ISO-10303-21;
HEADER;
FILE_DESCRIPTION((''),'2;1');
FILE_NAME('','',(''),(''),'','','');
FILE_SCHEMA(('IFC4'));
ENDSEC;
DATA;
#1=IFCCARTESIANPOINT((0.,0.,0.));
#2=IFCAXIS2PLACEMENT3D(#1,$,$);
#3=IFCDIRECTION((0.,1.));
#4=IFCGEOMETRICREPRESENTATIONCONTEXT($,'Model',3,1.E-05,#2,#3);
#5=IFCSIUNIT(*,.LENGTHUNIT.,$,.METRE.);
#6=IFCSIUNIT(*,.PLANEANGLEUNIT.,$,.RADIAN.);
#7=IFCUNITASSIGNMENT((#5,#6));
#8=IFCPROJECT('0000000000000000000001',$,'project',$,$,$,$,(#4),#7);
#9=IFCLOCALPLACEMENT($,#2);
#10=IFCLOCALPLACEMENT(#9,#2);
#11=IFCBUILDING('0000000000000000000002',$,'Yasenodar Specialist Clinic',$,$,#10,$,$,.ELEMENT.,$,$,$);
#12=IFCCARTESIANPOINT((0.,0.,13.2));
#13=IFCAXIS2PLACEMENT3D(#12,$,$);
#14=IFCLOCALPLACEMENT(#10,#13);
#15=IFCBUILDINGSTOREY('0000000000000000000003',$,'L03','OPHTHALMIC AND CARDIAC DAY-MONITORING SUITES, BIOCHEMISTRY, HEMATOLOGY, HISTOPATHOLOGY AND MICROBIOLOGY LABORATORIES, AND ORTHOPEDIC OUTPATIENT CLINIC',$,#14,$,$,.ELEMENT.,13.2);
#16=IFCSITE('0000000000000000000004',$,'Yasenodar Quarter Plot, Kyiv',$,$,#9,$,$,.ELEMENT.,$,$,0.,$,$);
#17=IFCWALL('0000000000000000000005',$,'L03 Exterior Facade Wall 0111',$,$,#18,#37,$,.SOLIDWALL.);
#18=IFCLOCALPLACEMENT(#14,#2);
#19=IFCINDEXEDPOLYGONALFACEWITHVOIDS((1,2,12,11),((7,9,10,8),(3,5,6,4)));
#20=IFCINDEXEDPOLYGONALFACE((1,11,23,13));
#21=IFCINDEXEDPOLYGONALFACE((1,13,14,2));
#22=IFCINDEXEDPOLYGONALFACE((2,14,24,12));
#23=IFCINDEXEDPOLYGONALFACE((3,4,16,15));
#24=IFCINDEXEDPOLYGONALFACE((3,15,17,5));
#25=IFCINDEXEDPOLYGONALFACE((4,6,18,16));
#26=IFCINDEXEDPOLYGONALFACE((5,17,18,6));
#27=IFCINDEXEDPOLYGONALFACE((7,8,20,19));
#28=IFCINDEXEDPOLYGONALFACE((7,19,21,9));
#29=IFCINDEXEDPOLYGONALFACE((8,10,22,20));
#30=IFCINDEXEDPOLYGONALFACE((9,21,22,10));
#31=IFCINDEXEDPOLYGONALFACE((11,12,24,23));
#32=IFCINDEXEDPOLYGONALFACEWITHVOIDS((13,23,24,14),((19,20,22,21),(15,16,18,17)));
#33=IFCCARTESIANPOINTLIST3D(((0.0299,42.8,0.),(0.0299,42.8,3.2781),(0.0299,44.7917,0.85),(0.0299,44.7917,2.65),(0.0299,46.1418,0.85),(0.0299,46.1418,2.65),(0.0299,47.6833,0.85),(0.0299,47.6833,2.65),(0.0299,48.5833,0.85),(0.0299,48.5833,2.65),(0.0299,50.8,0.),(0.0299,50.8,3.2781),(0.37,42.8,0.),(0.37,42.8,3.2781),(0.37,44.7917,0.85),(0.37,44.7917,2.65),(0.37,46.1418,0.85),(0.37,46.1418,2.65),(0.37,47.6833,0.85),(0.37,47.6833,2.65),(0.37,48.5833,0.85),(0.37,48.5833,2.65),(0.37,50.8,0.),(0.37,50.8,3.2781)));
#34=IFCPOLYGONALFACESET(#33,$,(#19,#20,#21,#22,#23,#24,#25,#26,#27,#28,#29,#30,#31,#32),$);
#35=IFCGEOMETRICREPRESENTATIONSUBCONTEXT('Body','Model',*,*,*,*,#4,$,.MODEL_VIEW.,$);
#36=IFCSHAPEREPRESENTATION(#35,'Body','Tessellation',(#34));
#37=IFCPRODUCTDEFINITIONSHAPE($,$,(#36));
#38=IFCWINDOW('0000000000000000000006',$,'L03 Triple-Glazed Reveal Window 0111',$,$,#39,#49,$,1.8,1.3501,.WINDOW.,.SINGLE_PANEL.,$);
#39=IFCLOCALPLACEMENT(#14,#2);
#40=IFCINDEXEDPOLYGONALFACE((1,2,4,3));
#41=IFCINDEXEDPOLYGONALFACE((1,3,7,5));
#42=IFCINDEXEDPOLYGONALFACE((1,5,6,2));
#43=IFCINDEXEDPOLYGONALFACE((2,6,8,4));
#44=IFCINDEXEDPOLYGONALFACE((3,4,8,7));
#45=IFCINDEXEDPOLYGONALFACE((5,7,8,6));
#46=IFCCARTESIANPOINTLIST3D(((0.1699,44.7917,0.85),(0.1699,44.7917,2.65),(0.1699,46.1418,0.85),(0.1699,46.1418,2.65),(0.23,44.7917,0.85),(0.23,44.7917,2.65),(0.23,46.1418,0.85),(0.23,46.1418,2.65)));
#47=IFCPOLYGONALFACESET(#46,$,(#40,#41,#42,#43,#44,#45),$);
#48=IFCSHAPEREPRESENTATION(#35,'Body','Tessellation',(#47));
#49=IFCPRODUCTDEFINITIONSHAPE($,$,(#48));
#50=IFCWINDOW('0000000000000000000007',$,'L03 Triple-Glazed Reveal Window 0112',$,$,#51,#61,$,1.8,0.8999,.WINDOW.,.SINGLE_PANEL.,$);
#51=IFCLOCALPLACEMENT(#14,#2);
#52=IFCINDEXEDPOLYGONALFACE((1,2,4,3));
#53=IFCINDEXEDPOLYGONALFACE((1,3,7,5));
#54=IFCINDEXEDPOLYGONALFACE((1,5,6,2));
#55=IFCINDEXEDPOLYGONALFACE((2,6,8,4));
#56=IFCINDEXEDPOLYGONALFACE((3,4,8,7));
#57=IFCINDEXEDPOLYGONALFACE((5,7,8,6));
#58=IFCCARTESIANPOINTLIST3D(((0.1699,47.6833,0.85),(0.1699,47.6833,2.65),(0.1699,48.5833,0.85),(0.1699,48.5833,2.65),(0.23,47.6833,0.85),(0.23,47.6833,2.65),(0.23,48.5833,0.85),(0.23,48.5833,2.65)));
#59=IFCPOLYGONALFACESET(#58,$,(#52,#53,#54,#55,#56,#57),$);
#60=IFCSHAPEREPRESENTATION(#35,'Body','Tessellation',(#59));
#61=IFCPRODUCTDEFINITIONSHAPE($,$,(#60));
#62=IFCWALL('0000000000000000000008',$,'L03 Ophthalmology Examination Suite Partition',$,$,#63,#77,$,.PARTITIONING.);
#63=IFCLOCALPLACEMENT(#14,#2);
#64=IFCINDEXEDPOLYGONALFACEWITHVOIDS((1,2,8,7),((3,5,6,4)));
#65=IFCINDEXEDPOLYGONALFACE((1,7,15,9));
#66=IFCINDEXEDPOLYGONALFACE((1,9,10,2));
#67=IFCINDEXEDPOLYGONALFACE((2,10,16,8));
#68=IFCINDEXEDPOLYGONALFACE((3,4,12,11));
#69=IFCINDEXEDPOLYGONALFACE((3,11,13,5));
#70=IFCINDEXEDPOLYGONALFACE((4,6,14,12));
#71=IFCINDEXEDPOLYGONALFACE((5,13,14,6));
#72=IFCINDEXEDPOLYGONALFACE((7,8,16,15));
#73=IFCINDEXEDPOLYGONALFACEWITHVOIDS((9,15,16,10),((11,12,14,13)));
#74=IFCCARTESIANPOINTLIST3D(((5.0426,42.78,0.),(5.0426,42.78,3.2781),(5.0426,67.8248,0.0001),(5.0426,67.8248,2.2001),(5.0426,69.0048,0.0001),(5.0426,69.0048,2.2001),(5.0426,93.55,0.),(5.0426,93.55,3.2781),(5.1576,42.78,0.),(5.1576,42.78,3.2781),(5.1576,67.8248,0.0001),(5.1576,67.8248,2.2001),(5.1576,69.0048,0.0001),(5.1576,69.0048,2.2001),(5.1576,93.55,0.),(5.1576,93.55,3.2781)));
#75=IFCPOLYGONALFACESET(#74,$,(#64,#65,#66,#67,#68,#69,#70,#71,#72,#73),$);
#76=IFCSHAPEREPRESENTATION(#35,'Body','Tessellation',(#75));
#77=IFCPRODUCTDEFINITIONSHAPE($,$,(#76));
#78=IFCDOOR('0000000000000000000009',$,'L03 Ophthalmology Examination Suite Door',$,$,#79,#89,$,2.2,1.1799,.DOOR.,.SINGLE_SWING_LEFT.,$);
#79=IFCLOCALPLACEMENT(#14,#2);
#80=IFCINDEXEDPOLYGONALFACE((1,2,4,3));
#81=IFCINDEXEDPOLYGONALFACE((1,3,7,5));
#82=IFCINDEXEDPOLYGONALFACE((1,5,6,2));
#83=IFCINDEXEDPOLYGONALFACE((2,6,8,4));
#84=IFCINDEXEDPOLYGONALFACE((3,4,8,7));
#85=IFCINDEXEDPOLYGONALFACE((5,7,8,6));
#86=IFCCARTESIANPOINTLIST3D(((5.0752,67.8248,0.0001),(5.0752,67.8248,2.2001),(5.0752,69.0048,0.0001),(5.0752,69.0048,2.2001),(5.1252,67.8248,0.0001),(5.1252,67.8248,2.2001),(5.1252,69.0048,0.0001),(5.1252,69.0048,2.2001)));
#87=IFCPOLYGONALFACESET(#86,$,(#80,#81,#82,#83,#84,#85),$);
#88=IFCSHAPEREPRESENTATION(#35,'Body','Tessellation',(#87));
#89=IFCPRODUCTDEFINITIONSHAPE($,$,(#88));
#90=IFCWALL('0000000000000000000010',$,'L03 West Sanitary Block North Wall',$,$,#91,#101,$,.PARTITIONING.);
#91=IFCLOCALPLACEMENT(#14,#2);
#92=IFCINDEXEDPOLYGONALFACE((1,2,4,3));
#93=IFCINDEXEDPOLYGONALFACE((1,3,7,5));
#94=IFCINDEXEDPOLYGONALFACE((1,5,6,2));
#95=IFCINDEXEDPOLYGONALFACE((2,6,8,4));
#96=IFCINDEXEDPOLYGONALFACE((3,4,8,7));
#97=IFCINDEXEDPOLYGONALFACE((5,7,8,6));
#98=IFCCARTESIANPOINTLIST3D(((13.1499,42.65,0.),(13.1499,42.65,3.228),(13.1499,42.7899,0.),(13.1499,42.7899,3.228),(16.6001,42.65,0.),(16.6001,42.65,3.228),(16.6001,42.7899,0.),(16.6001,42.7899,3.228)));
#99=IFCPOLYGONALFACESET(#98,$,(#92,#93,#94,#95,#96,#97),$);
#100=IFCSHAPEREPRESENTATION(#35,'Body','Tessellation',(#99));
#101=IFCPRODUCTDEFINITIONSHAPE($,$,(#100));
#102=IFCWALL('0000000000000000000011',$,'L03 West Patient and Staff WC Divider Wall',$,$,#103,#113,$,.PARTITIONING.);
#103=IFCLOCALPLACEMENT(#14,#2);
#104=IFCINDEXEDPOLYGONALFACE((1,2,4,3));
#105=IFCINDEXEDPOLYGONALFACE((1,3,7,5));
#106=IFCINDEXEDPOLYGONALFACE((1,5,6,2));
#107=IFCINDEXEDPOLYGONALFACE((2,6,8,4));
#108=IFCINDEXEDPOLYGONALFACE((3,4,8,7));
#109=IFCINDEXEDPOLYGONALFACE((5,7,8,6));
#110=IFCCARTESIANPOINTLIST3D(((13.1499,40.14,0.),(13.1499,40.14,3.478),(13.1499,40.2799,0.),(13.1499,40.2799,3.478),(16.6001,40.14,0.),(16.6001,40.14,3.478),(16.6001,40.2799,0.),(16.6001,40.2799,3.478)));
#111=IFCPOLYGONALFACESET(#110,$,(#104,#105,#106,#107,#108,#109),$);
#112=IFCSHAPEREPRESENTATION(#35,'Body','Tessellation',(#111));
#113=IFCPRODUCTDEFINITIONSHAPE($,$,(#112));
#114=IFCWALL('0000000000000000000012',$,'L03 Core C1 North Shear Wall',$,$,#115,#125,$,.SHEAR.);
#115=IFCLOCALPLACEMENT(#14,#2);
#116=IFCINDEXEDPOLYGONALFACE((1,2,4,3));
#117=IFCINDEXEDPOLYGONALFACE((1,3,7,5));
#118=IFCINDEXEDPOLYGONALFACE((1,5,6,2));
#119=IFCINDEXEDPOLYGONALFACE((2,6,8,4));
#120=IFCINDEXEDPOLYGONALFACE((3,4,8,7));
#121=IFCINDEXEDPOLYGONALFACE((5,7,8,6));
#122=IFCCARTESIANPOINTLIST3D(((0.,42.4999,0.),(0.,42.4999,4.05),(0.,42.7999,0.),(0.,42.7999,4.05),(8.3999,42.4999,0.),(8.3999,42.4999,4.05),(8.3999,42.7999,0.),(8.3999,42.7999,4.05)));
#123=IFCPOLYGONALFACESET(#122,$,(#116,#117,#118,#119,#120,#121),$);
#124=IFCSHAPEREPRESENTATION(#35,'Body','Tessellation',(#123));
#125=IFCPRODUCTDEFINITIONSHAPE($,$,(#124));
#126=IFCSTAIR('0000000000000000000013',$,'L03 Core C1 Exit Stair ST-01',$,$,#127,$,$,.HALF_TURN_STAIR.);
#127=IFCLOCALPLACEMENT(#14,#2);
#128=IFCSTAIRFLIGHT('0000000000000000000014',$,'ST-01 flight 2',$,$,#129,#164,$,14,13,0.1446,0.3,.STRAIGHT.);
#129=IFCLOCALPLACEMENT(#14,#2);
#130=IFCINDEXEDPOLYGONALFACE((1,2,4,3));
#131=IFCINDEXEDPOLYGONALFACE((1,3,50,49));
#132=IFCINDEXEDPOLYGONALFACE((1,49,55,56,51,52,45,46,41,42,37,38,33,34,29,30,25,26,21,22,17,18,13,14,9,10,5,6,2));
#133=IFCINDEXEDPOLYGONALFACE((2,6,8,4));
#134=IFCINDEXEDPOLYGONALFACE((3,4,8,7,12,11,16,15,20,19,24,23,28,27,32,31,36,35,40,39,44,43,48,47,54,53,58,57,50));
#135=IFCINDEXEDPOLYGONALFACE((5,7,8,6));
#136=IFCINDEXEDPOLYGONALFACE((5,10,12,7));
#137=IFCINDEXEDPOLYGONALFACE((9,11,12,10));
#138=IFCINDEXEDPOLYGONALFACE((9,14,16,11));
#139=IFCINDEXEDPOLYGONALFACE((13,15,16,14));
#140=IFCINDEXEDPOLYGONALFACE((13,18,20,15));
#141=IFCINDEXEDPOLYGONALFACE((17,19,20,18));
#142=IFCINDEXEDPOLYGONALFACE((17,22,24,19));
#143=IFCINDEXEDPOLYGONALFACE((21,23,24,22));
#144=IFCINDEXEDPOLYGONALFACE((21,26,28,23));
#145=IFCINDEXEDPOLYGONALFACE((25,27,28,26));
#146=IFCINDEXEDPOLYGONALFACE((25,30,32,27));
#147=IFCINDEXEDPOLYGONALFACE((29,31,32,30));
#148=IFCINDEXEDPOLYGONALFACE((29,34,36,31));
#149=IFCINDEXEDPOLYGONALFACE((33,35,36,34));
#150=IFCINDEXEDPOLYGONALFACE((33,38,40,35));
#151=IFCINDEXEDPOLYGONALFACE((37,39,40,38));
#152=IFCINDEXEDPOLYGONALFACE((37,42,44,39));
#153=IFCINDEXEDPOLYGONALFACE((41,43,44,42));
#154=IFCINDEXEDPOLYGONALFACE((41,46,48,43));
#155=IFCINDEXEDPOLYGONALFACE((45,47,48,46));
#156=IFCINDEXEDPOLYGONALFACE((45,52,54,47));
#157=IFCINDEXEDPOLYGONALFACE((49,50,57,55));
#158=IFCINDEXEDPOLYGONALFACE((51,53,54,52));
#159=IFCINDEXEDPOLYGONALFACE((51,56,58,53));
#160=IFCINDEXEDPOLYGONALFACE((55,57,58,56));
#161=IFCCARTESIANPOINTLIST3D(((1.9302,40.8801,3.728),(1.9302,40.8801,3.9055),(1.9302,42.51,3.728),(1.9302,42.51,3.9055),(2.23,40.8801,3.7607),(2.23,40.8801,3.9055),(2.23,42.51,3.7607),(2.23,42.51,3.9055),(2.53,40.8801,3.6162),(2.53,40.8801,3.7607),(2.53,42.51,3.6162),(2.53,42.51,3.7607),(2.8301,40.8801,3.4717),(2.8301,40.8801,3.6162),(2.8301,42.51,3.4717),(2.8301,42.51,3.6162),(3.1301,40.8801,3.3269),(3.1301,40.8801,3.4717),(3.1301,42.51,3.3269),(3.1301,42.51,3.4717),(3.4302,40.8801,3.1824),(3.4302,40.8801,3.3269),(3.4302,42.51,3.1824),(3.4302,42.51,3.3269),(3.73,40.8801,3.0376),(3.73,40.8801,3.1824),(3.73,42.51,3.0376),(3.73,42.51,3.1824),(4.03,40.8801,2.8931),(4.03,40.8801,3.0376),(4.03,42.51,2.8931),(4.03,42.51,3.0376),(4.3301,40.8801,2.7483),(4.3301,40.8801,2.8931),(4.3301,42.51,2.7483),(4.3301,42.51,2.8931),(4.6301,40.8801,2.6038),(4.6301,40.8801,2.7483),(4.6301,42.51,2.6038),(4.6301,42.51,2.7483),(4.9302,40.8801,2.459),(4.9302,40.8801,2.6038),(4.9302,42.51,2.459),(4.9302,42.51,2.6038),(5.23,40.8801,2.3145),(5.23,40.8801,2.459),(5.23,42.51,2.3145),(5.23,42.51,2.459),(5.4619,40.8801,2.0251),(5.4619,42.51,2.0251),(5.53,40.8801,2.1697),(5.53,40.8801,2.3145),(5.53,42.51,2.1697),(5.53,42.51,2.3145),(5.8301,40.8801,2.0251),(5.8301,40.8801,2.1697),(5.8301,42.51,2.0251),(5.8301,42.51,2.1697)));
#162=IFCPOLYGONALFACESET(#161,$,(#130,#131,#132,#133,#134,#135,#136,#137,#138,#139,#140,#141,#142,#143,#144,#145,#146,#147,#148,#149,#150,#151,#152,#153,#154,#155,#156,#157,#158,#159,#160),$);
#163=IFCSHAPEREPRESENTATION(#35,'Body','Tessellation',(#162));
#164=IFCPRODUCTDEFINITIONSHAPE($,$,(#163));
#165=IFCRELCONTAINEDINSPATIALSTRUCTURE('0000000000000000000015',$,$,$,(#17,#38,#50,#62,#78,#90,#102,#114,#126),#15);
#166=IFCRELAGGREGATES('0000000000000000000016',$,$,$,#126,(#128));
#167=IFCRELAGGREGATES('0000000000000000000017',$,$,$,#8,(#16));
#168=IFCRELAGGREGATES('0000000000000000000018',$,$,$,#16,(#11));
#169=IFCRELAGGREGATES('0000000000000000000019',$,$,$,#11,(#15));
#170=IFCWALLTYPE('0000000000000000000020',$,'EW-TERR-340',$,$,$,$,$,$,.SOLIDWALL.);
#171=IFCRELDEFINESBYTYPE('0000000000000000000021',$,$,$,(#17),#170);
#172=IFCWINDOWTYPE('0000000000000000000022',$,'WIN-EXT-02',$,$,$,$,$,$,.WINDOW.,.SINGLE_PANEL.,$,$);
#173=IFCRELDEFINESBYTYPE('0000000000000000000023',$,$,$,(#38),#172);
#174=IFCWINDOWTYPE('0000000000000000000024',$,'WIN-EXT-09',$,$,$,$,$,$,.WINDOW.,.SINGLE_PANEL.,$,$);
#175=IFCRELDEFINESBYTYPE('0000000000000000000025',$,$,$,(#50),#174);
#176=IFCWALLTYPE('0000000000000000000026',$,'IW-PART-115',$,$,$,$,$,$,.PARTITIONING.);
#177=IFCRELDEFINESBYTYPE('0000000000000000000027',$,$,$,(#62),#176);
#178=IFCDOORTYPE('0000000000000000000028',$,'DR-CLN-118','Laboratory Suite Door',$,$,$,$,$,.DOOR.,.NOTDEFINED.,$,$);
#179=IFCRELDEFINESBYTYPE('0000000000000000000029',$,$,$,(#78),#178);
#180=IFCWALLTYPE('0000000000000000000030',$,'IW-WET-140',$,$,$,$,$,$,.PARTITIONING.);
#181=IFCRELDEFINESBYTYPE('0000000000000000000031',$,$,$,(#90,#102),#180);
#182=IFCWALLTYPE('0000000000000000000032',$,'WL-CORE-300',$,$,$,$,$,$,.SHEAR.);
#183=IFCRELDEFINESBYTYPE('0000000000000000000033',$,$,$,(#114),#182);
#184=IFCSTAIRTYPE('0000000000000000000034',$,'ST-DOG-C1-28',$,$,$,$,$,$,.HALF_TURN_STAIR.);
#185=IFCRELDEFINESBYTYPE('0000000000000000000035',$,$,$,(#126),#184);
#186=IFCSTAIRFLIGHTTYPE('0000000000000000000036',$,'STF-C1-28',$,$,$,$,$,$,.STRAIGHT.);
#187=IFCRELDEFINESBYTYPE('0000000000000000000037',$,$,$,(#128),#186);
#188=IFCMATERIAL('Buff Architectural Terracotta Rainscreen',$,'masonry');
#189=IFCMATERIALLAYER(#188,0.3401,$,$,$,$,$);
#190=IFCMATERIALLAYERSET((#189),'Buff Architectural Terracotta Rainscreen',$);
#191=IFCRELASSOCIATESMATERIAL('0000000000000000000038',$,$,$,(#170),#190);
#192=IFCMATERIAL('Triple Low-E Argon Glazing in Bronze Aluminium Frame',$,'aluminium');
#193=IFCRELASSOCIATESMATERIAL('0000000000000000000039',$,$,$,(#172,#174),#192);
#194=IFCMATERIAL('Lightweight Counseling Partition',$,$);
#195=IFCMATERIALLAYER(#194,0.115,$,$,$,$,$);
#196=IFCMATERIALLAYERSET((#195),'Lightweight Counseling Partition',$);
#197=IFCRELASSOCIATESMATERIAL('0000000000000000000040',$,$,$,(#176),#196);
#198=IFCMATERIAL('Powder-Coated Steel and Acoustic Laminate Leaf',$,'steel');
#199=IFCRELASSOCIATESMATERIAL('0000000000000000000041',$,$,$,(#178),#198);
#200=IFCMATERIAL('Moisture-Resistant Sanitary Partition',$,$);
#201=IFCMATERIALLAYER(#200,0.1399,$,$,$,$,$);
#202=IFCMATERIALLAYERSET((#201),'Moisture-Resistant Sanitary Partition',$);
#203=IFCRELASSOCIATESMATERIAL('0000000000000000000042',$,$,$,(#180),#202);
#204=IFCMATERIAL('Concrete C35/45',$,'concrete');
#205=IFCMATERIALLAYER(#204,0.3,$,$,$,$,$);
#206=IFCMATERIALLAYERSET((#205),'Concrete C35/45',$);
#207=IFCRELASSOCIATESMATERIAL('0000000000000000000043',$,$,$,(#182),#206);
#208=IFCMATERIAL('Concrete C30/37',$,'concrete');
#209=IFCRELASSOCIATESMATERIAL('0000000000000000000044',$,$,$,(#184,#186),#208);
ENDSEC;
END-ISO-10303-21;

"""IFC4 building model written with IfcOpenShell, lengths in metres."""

from ifc_helpers import new_model, si_unit, direction, frame, frame_2d, origin, place, context, subcontext, project, spatial, polyline, rectangle, outline, extrude, material, layer, layer_set, type_object, element, fill, aggregate, save


model = new_model("IFC4")

# Units and contexts
model_context = context("Model", 3, precision=1e-05, world=origin(), true_north=direction((0.0, 1.0)))
body_context = subcontext(model_context, "Body", "Model", "MODEL_VIEW")
ifc_project = project(units=[si_unit("LENGTHUNIT", "METRE"), si_unit("PLANEANGLEUNIT", "RADIAN")], contexts=[model_context])

# Site, building, storey
site_placement = place(None, origin())
site = spatial("IfcSite", under=ifc_project, at=site_placement, Name="Yasenodar Quarter Plot, Kyiv", CompositionType="ELEMENT", RefElevation=0.0)
building_placement = place(site_placement, origin())
building = spatial("IfcBuilding", under=site, at=building_placement, Name="Yasenodar Specialist Clinic", CompositionType="ELEMENT")
storey_placement = place(building_placement, frame((0.0, 0.0, 13.2)))
storey = spatial("IfcBuildingStorey", under=building, at=storey_placement, Name="L03", Description="OPHTHALMIC AND CARDIAC DAY-MONITORING SUITES, BIOCHEMISTRY, HEMATOLOGY, HISTOPATHOLOGY AND MICROBIOLOGY LABORATORIES, AND ORTHOPEDIC OUTPATIENT CLINIC", CompositionType="ELEMENT", Elevation=13.2)

# Wall, openings, windows
ifc_material_1 = material(Name="Buff Architectural Terracotta Rainscreen", Category="masonry")
ifc_layer_1 = layer(ifc_material_1, 0.3401)
ifc_layer_set_1 = layer_set([ifc_layer_1], Name="Buff Architectural Terracotta Rainscreen")
wall_type_1 = type_object("IfcWallType", Name="EW-TERR-340", PredefinedType="SOLIDWALL", material=ifc_layer_set_1)
wall_1_placement = place(storey_placement, frame((0.2, 42.8, 0.0), z_axis=(0.0, 0.0, 1.0), x_axis=(0.0, 1.0, 0.0)))
wall_1 = element("IfcWall", 1, at=wall_1_placement, inside=storey, type_object=wall_type_1, Name="L03 Exterior Facade Wall 0111", PredefinedType="SOLIDWALL", context=body_context, shape_type="SweptSolid", body=[
    extrude(rectangle(XDim=8.0, YDim=0.3401, at=frame_2d((4.0, 0.0))), origin(), (0.0, 0.0, 1.0), 3.2781),
])
opening_1_placement = place(wall_1_placement, frame((1.9917, 0.0, 0.8501)))
opening_1 = element("IfcOpeningElement", 2, at=opening_1_placement, cuts=wall_1, PredefinedType="OPENING", context=body_context, shape_type="SweptSolid", body=[
    extrude(rectangle(XDim=1.3501, YDim=1.8, at=frame_2d((0.675, 0.8999))), frame((0.0, 0.1802, 0.0), z_axis=(0.0, -1.0, 0.0), x_axis=(1.0, 0.0, 0.0)), (0.0, 0.0, 1.0), 0.3601),
])
opening_2_placement = place(wall_1_placement, frame((4.8833, 0.0, 0.8501)))
opening_2 = element("IfcOpeningElement", 3, at=opening_2_placement, cuts=wall_1, PredefinedType="OPENING", context=body_context, shape_type="SweptSolid", body=[
    extrude(rectangle(XDim=0.8999, YDim=1.8, at=frame_2d((0.45, 0.8999))), frame((0.0, 0.1802, 0.0), z_axis=(0.0, -1.0, 0.0), x_axis=(1.0, 0.0, 0.0)), (0.0, 0.0, 1.0), 0.3601),
])
ifc_material_2 = material(Name="Triple Low-E Argon Glazing in Bronze Aluminium Frame", Category="aluminium")
window_type_1 = type_object("IfcWindowType", Name="WIN-EXT-02", PartitioningType="SINGLE_PANEL", PredefinedType="WINDOW", material=ifc_material_2)
window_1_placement = place(opening_1_placement, origin())
window_1 = element("IfcWindow", 4, at=window_1_placement, inside=storey, type_object=window_type_1, Name="L03 Triple-Glazed Reveal Window 0111", OverallHeight=1.8, OverallWidth=1.3501, PartitioningType="SINGLE_PANEL", PredefinedType="WINDOW", context=body_context, shape_type="SweptSolid", body=[
    extrude(rectangle(XDim=1.3501, YDim=1.8, at=frame_2d((0.675, 0.8999))), frame((0.0, 0.03, 0.0), z_axis=(0.0, -1.0, 0.0), x_axis=(1.0, 0.0, 0.0)), (0.0, 0.0, 1.0), 0.0601),
])
fill(opening_1, window_1)
window_type_2 = type_object("IfcWindowType", Name="WIN-EXT-09", PartitioningType="SINGLE_PANEL", PredefinedType="WINDOW", material=ifc_material_2)
window_2_placement = place(opening_2_placement, origin())
window_2 = element("IfcWindow", 5, at=window_2_placement, inside=storey, type_object=window_type_2, Name="L03 Triple-Glazed Reveal Window 0112", OverallHeight=1.8, OverallWidth=0.8999, PartitioningType="SINGLE_PANEL", PredefinedType="WINDOW", context=body_context, shape_type="SweptSolid", body=[
    extrude(rectangle(XDim=0.8999, YDim=1.8, at=frame_2d((0.45, 0.8999))), frame((0.0, 0.03, 0.0), z_axis=(0.0, -1.0, 0.0), x_axis=(1.0, 0.0, 0.0)), (0.0, 0.0, 1.0), 0.0601),
])
fill(opening_2, window_2)

# Wall, opening, door
ifc_material_3 = material(Name="Lightweight Counseling Partition")
ifc_layer_2 = layer(ifc_material_3, 0.115)
ifc_layer_set_2 = layer_set([ifc_layer_2], Name="Lightweight Counseling Partition")
wall_type_2 = type_object("IfcWallType", Name="IW-PART-115", PredefinedType="PARTITIONING", material=ifc_layer_set_2)
wall_2_placement = place(storey_placement, frame((5.1001, 42.78, 0.0), z_axis=(0.0, 0.0, 1.0), x_axis=(0.0, 1.0, 0.0)))
wall_2 = element("IfcWall", 6, at=wall_2_placement, inside=storey, type_object=wall_type_2, Name="L03 Ophthalmology Examination Suite Partition", PredefinedType="PARTITIONING", context=body_context, shape_type="SweptSolid", body=[
    extrude(rectangle(XDim=50.77, YDim=0.115, at=frame_2d((25.385, 0.0))), origin(), (0.0, 0.0, 1.0), 3.2781),
])
opening_3_placement = place(wall_2_placement, frame((25.0449, 0.0, 0.0)))
opening_3 = element("IfcOpeningElement", 7, at=opening_3_placement, cuts=wall_2, PredefinedType="OPENING", context=body_context, shape_type="SweptSolid", body=[
    extrude(rectangle(XDim=1.1799, YDim=2.2, at=frame_2d((0.5898, 1.1001))), frame((0.0, 0.0674, 0.0), z_axis=(0.0, -1.0, 0.0), x_axis=(1.0, 0.0, 0.0)), (0.0, 0.0, 1.0), 0.135),
])
ifc_material_4 = material(Name="Powder-Coated Steel and Acoustic Laminate Leaf", Category="steel")
door_type = type_object("IfcDoorType", Name="DR-CLN-118", Description="Laboratory Suite Door", OperationType="NOTDEFINED", PredefinedType="DOOR", material=ifc_material_4)
door_placement = place(opening_3_placement, origin())
door = element("IfcDoor", 8, at=door_placement, inside=storey, type_object=door_type, Name="L03 Ophthalmology Examination Suite Door", OperationType="SINGLE_SWING_LEFT", OverallHeight=2.2, OverallWidth=1.1799, PredefinedType="DOOR", context=body_context, shape_type="SweptSolid", body=[
    extrude(rectangle(XDim=1.1799, YDim=2.2, at=frame_2d((0.5898, 1.1001))), frame((0.0, 0.0249, 0.0), z_axis=(0.0, -1.0, 0.0), x_axis=(1.0, 0.0, 0.0)), (0.0, 0.0, 1.0), 0.05),
])
fill(opening_3, door)

# Walls
ifc_material_5 = material(Name="Moisture-Resistant Sanitary Partition")
ifc_layer_3 = layer(ifc_material_5, 0.1399)
ifc_layer_set_3 = layer_set([ifc_layer_3], Name="Moisture-Resistant Sanitary Partition")
wall_type_3 = type_object("IfcWallType", Name="IW-WET-140", PredefinedType="PARTITIONING", material=ifc_layer_set_3)
wall_3_placement = place(storey_placement, frame((13.1499, 42.72, 0.0), z_axis=(0.0, 0.0, 1.0), x_axis=(1.0, 0.0, 0.0)))
element("IfcWall", 9, at=wall_3_placement, inside=storey, type_object=wall_type_3, Name="L03 West Sanitary Block North Wall", PredefinedType="PARTITIONING", context=body_context, shape_type="SweptSolid", body=[
    extrude(rectangle(XDim=3.4502, YDim=0.1399, at=frame_2d((1.7251, 0.0))), origin(), (0.0, 0.0, 1.0), 3.228),
])
wall_4_placement = place(storey_placement, frame((13.1499, 40.21, 0.0), z_axis=(0.0, 0.0, 1.0), x_axis=(1.0, 0.0, 0.0)))
element("IfcWall", 10, at=wall_4_placement, inside=storey, type_object=wall_type_3, Name="L03 West Patient and Staff WC Divider Wall", PredefinedType="PARTITIONING", context=body_context, shape_type="SweptSolid", body=[
    extrude(rectangle(XDim=3.4502, YDim=0.1399, at=frame_2d((1.7251, 0.0))), origin(), (0.0, 0.0, 1.0), 3.478),
])
ifc_material_6 = material(Name="Concrete C35/45", Category="concrete")
ifc_layer_4 = layer(ifc_material_6, 0.3)
ifc_layer_set_4 = layer_set([ifc_layer_4], Name="Concrete C35/45")
wall_type_4 = type_object("IfcWallType", Name="WL-CORE-300", PredefinedType="SHEAR", material=ifc_layer_set_4)
wall_5_placement = place(storey_placement, frame((0.0, 42.6499, 0.0), z_axis=(0.0, 0.0, 1.0), x_axis=(1.0, 0.0, 0.0)))
element("IfcWall", 11, at=wall_5_placement, inside=storey, type_object=wall_type_4, Name="L03 Core C1 North Shear Wall", PredefinedType="SHEAR", context=body_context, shape_type="SweptSolid", body=[
    extrude(rectangle(XDim=8.3999, YDim=0.3, at=frame_2d((4.2, 0.0))), origin(), (0.0, 0.0, 1.0), 4.05),
])

# Stair, stair flight
ifc_material_7 = material(Name="Concrete C30/37", Category="concrete")
stair_type = type_object("IfcStairType", Name="ST-DOG-C1-28", PredefinedType="HALF_TURN_STAIR", material=ifc_material_7)
stair_placement = place(storey_placement, origin())
stair = element("IfcStair", 12, at=stair_placement, inside=storey, type_object=stair_type, Name="L03 Core C1 Exit Stair ST-01", PredefinedType="HALF_TURN_STAIR")
stair_flight_type = type_object("IfcStairFlightType", Name="STF-C1-28", PredefinedType="STRAIGHT", material=ifc_material_7)
stair_flight_placement = place(storey_placement, frame((5.8301, 41.6951, 2.0251), z_axis=(0.0, 0.0, 1.0), x_axis=(-1.0, 0.0, 0.0)))
stair_flight = element("IfcStairFlight", 13, at=stair_flight_placement, type_object=stair_flight_type, Name="ST-01 flight 2", NumberOfRisers=14, NumberOfTreads=13, PredefinedType="STRAIGHT", RiserHeight=0.1446, TreadLength=0.3, context=body_context, shape_type="SweptSolid", body=[
    extrude(outline(polyline([(0.0, 0.0), (0.0, 0.1445), (0.3, 0.1445), (0.3, 0.2893), (0.6001, 0.2893), (0.6001, 0.4338), (0.8999, 0.4338), (0.8999, 0.5786), (1.2, 0.5786), (1.2, 0.7231), (1.5, 0.7231), (1.5, 0.8679), (1.8, 0.8679), (1.8, 1.0125), (2.1001, 1.0125), (2.1001, 1.1572), (2.3999, 1.1572), (2.3999, 1.3018), (2.7, 1.3018), (2.7, 1.4465), (3.0, 1.4465), (3.0, 1.5911), (3.3, 1.5911), (3.3, 1.7356), (3.6001, 1.7356), (3.6001, 1.8804), (3.8999, 1.8804), (3.8999, 2.0249), (3.8999, 1.7029), (0.3682, 0.0), (0.0, 0.0)])), frame((0.0, 0.8149, 0.0), z_axis=(0.0, -1.0, 0.0), x_axis=(1.0, 0.0, 0.0)), (0.0, 0.0, 1.0), 1.6299),
])
aggregate(stair, [stair_flight])

save(model, "model.ifc")
